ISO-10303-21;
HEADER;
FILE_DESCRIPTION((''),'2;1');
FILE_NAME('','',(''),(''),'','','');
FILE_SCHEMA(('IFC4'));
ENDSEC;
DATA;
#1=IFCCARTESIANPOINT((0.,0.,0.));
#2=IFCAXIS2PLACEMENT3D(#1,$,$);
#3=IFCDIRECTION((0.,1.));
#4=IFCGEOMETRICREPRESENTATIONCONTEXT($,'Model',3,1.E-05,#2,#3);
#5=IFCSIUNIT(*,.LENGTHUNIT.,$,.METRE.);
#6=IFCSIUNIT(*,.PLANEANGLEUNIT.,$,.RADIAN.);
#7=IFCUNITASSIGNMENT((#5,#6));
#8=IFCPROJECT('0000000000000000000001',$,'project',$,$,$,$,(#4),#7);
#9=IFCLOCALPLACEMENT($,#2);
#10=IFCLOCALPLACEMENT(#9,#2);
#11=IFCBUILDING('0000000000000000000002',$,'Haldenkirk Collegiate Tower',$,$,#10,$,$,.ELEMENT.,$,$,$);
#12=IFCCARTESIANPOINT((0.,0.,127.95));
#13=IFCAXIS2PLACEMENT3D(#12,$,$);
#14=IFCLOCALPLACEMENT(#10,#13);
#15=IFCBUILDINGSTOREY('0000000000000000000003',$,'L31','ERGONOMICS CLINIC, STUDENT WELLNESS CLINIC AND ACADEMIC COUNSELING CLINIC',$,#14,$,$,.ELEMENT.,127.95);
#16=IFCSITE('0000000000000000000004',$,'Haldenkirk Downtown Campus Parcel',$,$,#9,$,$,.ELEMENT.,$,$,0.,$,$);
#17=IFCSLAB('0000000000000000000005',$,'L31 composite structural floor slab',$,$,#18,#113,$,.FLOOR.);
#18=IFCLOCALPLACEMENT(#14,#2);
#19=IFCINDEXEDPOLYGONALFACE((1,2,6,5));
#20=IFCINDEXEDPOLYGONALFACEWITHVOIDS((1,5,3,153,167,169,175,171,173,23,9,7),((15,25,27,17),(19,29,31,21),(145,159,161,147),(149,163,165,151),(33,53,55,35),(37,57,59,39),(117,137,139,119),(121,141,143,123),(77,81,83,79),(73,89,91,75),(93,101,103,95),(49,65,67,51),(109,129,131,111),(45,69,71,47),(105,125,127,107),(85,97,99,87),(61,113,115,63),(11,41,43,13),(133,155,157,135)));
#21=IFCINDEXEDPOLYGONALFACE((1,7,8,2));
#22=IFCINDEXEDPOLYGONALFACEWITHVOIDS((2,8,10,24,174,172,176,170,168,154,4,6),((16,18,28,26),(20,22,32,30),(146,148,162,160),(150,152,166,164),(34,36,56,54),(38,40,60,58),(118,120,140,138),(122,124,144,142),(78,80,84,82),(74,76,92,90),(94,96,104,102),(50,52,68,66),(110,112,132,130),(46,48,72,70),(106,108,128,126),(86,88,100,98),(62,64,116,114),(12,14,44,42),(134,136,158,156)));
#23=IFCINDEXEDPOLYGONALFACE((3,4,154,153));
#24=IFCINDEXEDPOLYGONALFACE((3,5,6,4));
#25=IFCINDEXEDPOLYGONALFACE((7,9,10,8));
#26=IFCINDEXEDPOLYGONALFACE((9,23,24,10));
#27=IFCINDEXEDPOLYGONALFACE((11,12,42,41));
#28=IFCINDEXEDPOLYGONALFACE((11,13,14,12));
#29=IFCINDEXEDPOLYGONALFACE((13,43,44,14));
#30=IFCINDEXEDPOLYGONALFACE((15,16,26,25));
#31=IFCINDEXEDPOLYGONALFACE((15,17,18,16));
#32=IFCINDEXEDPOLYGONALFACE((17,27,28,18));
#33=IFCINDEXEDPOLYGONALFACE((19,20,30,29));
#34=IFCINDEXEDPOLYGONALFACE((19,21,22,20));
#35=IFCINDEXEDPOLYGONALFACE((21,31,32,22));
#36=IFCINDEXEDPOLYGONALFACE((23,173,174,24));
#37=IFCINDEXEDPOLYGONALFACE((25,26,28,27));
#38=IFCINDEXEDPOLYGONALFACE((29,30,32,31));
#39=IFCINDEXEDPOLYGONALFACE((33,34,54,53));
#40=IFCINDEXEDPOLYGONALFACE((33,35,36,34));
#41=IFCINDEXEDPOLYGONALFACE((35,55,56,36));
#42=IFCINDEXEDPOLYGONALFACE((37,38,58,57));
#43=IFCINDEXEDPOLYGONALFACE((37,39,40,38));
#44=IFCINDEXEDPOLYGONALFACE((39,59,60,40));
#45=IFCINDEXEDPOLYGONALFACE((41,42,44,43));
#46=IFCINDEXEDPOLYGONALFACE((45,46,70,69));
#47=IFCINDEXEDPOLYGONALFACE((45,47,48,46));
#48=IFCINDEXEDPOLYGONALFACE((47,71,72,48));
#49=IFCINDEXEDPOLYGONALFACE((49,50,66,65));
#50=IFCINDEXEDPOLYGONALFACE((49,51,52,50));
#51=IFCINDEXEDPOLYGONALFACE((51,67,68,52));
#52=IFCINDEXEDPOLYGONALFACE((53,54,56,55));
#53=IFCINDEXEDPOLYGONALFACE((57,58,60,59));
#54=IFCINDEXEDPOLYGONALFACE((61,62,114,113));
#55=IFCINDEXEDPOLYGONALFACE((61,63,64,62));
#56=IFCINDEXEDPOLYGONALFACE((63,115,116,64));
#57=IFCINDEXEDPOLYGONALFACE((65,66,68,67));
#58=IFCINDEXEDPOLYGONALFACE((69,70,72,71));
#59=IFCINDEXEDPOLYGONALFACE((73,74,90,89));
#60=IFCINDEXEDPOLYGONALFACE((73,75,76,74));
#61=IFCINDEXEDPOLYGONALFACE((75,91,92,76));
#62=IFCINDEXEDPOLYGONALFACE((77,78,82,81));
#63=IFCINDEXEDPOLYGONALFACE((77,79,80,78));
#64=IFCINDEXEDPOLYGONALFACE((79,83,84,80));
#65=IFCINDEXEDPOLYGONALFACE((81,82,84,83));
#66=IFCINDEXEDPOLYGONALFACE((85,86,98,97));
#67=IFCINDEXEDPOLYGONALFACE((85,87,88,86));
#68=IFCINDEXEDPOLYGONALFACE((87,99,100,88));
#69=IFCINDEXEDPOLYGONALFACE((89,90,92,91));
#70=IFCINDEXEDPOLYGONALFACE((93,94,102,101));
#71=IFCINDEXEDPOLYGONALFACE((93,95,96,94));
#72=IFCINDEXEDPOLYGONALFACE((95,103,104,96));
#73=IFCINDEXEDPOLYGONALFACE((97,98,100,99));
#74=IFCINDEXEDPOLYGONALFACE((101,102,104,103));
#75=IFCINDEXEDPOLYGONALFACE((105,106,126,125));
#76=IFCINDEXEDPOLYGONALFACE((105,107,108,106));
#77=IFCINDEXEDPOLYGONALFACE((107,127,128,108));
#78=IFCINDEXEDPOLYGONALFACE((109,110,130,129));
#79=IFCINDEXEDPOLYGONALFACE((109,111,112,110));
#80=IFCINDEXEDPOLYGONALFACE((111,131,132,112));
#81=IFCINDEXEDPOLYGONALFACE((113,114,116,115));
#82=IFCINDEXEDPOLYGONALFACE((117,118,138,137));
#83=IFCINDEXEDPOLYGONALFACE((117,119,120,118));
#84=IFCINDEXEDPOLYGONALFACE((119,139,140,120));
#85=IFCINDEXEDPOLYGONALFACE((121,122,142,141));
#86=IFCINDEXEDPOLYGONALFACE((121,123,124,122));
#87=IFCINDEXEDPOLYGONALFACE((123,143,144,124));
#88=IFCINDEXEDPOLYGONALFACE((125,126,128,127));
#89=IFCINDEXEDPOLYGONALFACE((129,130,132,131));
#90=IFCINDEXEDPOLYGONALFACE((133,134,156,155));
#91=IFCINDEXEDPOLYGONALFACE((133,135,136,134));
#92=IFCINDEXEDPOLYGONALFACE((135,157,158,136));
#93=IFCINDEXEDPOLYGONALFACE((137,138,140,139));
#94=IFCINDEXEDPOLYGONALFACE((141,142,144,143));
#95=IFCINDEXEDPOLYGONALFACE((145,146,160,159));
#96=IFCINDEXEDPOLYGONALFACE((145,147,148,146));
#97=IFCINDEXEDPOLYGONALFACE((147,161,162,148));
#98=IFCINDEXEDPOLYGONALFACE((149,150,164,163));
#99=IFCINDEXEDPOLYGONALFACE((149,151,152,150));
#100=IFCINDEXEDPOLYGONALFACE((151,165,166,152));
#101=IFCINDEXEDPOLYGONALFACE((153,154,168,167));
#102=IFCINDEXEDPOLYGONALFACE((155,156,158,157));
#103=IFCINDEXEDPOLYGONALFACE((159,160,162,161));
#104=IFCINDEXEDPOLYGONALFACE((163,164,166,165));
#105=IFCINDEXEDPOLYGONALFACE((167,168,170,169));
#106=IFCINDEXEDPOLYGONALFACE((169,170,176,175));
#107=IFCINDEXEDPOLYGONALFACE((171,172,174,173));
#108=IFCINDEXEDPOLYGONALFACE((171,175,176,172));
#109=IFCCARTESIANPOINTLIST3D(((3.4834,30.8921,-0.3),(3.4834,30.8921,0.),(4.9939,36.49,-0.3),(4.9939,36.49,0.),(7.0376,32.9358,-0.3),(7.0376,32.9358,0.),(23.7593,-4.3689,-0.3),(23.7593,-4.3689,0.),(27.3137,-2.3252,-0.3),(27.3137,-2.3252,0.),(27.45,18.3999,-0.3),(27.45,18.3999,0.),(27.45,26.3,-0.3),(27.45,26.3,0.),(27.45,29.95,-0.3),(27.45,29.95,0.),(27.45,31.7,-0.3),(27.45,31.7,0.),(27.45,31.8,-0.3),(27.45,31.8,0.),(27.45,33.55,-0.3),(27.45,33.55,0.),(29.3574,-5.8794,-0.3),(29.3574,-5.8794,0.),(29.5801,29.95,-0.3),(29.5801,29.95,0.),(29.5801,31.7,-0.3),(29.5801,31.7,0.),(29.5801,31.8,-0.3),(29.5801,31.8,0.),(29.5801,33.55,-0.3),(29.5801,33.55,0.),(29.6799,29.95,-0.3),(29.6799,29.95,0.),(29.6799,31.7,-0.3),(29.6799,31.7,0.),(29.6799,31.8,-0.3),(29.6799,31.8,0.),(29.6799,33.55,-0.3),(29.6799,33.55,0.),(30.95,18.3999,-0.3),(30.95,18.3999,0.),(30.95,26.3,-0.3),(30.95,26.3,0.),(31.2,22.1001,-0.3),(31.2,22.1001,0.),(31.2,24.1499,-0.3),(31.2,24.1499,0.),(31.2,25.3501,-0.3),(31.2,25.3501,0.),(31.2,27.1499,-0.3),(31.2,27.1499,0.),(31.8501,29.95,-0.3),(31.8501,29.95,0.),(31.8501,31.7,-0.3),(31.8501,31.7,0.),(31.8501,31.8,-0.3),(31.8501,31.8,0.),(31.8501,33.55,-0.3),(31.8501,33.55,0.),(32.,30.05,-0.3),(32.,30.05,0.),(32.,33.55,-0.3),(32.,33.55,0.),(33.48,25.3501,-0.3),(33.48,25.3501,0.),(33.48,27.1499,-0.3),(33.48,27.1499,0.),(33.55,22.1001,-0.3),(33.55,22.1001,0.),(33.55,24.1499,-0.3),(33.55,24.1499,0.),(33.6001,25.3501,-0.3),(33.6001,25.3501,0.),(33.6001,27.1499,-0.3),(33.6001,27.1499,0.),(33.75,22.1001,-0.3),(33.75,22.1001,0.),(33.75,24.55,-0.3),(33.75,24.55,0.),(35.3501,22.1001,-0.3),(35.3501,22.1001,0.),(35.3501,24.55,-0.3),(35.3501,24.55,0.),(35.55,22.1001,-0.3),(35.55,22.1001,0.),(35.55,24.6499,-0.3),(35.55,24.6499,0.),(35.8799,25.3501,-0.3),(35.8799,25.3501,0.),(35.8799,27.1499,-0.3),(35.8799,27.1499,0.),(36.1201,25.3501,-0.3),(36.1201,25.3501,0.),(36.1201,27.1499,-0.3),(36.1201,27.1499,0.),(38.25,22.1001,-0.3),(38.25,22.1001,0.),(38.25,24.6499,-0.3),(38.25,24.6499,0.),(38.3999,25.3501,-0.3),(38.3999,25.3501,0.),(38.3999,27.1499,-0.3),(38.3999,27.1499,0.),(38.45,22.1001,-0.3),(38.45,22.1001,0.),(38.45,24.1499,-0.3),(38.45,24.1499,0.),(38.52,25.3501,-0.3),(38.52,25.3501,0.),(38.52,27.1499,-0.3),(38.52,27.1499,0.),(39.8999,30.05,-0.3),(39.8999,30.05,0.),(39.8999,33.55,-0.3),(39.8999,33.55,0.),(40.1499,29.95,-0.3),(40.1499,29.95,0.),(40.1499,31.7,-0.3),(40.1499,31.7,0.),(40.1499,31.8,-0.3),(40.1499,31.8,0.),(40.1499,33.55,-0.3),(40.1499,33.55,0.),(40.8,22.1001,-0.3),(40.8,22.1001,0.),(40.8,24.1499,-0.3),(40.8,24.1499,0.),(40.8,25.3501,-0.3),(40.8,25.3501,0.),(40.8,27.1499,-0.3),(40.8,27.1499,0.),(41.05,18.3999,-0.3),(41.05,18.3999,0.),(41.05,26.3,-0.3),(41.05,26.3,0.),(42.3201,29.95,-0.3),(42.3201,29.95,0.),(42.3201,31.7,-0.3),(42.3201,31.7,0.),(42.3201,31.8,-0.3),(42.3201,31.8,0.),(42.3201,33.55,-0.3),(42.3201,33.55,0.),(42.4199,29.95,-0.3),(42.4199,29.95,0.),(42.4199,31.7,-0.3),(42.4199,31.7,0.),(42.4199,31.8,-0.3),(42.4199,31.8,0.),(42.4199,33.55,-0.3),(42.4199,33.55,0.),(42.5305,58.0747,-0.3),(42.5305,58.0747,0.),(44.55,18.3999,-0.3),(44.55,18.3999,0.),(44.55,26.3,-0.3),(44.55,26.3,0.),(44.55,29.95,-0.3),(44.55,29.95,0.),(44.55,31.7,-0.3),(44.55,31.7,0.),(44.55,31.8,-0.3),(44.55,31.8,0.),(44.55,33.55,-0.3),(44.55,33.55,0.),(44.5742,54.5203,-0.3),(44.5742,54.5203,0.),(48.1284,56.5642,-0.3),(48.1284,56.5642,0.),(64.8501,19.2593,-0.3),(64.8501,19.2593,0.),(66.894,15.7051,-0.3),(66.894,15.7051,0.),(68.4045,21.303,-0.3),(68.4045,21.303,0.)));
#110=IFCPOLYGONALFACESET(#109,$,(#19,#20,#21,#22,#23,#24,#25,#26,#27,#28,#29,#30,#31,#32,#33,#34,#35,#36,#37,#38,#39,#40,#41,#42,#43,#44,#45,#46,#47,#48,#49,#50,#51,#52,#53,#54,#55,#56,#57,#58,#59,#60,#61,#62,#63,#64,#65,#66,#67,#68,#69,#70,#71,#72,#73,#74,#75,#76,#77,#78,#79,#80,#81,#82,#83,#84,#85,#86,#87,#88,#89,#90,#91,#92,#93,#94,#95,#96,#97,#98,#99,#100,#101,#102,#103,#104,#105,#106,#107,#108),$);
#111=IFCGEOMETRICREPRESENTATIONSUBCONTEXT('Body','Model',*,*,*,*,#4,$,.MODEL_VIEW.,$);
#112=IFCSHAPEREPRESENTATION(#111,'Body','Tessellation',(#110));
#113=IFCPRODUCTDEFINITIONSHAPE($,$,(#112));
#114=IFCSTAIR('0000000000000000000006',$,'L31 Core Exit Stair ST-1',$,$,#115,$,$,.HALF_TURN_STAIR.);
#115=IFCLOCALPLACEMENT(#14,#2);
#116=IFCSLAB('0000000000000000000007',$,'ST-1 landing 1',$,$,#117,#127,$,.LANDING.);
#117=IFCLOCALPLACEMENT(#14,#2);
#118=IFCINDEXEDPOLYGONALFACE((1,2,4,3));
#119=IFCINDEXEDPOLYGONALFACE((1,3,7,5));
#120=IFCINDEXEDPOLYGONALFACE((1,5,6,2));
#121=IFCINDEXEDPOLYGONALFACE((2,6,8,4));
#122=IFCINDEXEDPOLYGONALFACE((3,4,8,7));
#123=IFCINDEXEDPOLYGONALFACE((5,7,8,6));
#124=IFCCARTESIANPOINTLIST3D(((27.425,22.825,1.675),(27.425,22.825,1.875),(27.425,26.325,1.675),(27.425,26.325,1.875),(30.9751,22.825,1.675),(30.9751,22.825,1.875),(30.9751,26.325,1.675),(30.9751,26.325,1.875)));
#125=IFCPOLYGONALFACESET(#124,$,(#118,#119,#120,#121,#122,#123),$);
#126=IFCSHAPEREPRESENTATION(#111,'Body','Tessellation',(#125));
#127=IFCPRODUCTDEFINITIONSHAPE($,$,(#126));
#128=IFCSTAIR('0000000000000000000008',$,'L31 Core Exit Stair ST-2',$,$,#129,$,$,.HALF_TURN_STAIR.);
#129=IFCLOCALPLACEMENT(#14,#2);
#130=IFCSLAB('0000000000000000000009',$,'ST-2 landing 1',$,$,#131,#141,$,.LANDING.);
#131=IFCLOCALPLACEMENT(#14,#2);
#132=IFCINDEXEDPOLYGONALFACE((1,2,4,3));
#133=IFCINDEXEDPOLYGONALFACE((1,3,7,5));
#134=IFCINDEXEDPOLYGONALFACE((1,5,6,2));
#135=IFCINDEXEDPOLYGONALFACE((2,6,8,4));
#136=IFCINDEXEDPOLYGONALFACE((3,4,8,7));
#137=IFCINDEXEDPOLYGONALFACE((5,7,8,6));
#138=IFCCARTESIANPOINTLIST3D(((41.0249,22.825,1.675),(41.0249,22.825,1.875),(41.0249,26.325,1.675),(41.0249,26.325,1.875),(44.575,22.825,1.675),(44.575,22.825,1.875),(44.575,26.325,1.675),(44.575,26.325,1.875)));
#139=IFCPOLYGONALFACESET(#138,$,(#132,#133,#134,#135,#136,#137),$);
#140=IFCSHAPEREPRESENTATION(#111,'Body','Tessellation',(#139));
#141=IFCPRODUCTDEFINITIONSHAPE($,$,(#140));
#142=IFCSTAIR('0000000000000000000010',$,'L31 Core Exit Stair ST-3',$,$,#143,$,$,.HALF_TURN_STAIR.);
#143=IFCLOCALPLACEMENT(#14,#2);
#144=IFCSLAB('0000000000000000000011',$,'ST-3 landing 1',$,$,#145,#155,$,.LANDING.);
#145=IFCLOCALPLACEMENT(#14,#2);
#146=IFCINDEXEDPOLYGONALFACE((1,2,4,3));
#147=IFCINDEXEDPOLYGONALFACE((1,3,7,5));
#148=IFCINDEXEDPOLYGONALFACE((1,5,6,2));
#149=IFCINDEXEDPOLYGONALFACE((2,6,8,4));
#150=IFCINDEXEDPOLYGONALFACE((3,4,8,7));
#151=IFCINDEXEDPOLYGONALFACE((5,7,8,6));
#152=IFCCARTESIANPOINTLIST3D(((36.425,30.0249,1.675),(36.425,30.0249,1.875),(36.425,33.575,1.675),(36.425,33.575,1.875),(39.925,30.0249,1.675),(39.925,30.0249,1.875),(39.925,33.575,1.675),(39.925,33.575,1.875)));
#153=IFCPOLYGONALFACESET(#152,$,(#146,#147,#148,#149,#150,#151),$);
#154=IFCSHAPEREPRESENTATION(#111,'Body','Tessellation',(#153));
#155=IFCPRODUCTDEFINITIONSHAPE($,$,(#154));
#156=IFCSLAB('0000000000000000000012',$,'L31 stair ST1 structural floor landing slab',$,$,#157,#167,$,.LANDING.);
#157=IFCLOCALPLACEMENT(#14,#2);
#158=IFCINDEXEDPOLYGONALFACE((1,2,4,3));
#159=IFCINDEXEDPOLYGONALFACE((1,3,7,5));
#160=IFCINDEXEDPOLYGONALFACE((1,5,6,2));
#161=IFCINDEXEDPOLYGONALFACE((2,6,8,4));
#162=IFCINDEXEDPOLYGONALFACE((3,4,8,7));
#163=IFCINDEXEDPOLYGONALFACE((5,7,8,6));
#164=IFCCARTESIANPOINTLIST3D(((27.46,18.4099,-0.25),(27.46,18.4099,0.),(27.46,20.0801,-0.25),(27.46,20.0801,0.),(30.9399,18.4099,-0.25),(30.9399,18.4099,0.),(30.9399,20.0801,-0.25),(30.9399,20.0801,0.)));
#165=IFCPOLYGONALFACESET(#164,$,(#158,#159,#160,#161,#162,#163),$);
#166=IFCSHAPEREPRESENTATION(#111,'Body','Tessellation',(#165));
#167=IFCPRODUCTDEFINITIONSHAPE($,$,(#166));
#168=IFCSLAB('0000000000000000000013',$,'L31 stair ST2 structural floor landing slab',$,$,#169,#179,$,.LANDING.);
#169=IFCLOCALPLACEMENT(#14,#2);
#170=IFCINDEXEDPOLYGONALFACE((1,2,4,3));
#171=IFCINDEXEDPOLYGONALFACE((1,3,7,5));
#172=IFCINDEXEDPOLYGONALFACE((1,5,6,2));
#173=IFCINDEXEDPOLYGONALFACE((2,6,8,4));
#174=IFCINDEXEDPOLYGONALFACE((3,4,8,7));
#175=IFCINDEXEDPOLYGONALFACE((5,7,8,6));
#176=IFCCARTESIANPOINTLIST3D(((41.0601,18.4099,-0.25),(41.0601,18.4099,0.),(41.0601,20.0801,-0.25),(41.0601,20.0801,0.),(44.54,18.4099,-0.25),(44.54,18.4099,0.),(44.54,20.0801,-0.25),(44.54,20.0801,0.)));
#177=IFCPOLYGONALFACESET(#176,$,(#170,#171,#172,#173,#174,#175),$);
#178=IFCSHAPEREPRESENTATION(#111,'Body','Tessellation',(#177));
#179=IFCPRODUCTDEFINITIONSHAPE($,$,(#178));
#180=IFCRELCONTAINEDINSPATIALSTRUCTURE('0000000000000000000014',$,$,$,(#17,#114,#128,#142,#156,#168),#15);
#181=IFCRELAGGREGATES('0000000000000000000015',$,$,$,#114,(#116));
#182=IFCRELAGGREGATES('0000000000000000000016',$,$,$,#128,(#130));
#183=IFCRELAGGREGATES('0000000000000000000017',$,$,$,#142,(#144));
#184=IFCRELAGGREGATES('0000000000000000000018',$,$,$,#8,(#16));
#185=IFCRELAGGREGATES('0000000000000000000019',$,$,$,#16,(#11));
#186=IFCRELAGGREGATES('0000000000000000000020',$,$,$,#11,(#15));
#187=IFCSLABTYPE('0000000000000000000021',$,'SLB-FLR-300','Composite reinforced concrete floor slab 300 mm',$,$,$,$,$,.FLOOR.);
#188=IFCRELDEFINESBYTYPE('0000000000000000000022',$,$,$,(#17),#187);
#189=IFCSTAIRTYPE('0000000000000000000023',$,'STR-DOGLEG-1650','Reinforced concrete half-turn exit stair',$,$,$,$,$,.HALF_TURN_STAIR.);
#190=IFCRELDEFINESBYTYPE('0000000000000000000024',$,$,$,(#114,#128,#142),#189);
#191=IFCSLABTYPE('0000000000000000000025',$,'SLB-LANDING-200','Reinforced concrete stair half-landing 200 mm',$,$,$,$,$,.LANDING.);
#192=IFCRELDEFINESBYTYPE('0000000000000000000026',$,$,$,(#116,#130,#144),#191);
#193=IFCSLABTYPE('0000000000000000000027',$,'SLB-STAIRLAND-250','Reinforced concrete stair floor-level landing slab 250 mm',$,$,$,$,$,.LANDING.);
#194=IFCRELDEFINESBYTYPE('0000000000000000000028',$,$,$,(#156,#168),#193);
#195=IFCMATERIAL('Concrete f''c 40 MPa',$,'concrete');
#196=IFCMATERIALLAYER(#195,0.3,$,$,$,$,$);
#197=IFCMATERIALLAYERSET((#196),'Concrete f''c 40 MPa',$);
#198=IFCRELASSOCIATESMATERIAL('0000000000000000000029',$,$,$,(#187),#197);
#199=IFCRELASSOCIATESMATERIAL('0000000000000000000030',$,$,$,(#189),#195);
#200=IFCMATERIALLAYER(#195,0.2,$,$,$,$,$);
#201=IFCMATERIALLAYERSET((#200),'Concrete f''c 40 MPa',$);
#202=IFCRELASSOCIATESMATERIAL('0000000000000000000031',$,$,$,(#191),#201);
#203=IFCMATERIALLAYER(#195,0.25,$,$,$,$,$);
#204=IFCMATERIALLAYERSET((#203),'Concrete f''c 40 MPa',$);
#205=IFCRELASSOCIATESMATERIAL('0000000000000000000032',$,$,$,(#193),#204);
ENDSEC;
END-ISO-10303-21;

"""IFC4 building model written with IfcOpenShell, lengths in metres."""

from ifc_helpers import new_model, si_unit, direction, frame, origin, place, context, subcontext, project, spatial, polyline, outline, extrude, material, layer, layer_set, type_object, element, aggregate, save


model = new_model("IFC4")

# Units and contexts
model_context = context("Model", 3, precision=1e-05, world=origin(), true_north=direction((0.0, 1.0)))
body_context = subcontext(model_context, "Body", "Model", "MODEL_VIEW")
ifc_project = project(units=[si_unit("LENGTHUNIT", "METRE"), si_unit("PLANEANGLEUNIT", "RADIAN")], contexts=[model_context])

# Site, building, storey
site_placement = place(None, origin())
site = spatial("IfcSite", under=ifc_project, at=site_placement, Name="Haldenkirk Downtown Campus Parcel", CompositionType="ELEMENT", RefElevation=0.0)
building_placement = place(site_placement, origin())
building = spatial("IfcBuilding", under=site, at=building_placement, Name="Haldenkirk Collegiate Tower", CompositionType="ELEMENT")
storey_placement = place(building_placement, frame((0.0, 0.0, 127.95)))
storey = spatial("IfcBuildingStorey", under=building, at=storey_placement, Name="L31", Description="ERGONOMICS CLINIC, STUDENT WELLNESS CLINIC AND ACADEMIC COUNSELING CLINIC", CompositionType="ELEMENT", Elevation=127.95)

# Slab
ifc_material_1 = material(Name="Concrete f'c 40 MPa", Category="concrete")
ifc_layer_1 = layer(ifc_material_1, 0.3)
ifc_layer_set_1 = layer_set([ifc_layer_1], Name="Concrete f'c 40 MPa")
slab_type_1 = type_object("IfcSlabType", Name="SLB-FLR-300", Description="Composite reinforced concrete floor slab 300 mm", PredefinedType="FLOOR", material=ifc_layer_set_1)
slab_1_placement = place(storey_placement, frame((0.0, 0.0, -0.3)))
element("IfcSlab", 1, at=slab_1_placement, inside=storey, type_object=slab_type_1, Name="L31 composite structural floor slab", PredefinedType="FLOOR", context=body_context, shape_type="SweptSolid", body=[
    extrude(outline(polyline([(29.3574, -5.8794), (66.894, 15.7051), (64.8501, 19.2593), (68.4045, 21.303), (48.1284, 56.5642), (44.5742, 54.5203), (42.5305, 58.0747), (4.9939, 36.49), (7.0376, 32.9358), (3.4834, 30.8921), (23.7593, -4.3689), (27.3137, -2.3252), (29.3574, -5.8794)]), holes=[polyline([(27.45, 18.3999), (30.95, 18.3999), (30.95, 26.3), (27.45, 26.3), (27.45, 18.3999)]), polyline([(41.05, 18.3999), (44.55, 18.3999), (44.55, 26.3), (41.05, 26.3), (41.05, 18.3999)]), polyline([(32.0, 30.05), (39.8999, 30.05), (39.8999, 33.55), (32.0, 33.55), (32.0, 30.05)]), polyline([(33.75, 22.1001), (35.3501, 22.1001), (35.3501, 24.55), (33.75, 24.55), (33.75, 22.1001)]), polyline([(27.45, 29.95), (29.5801, 29.95), (29.5801, 31.7), (27.45, 31.7), (27.45, 29.95)]), polyline([(29.6799, 29.95), (31.8501, 29.95), (31.8501, 31.7), (29.6799, 31.7), (29.6799, 29.95)]), polyline([(27.45, 31.8), (29.5801, 31.8), (29.5801, 33.55), (27.45, 33.55), (27.45, 31.8)]), polyline([(29.6799, 31.8), (31.8501, 31.8), (31.8501, 33.55), (29.6799, 33.55), (29.6799, 31.8)]), polyline([(40.1499, 29.95), (42.3201, 29.95), (42.3201, 31.7), (40.1499, 31.7), (40.1499, 29.95)]), polyline([(42.4199, 29.95), (44.55, 29.95), (44.55, 31.7), (42.4199, 31.7), (42.4199, 29.95)]), polyline([(40.1499, 31.8), (42.3201, 31.8), (42.3201, 33.55), (40.1499, 33.55), (40.1499, 31.8)]), polyline([(42.4199, 31.8), (44.55, 31.8), (44.55, 33.55), (42.4199, 33.55), (42.4199, 31.8)]), polyline([(31.2, 25.3501), (33.48, 25.3501), (33.48, 27.1499), (31.2, 27.1499), (31.2, 25.3501)]), polyline([(33.6001, 25.3501), (35.8799, 25.3501), (35.8799, 27.1499), (33.6001, 27.1499), (33.6001, 25.3501)]), polyline([(36.1201, 25.3501), (38.3999, 25.3501), (38.3999, 27.1499), (36.1201, 27.1499), (36.1201, 25.3501)]), polyline([(38.52, 25.3501), (40.8, 25.3501), (40.8, 27.1499), (38.52, 27.1499), (38.52, 25.3501)]), polyline([(31.2, 22.1001), (33.55, 22.1001), (33.55, 24.1499), (31.2, 24.1499), (31.2, 22.1001)]), polyline([(38.45, 22.1001), (40.8, 22.1001), (40.8, 24.1499), (38.45, 24.1499), (38.45, 22.1001)]), polyline([(35.55, 22.1001), (38.25, 22.1001), (38.25, 24.6499), (35.55, 24.6499), (35.55, 22.1001)])]), origin(), (0.0, 0.0, 1.0), 0.3),
])

# Stairs, slabs
stair_type = type_object("IfcStairType", Name="STR-DOGLEG-1650", Description="Reinforced concrete half-turn exit stair", PredefinedType="HALF_TURN_STAIR", material=ifc_material_1)
stair_1_placement = place(storey_placement, origin())
stair_1 = element("IfcStair", 2, at=stair_1_placement, inside=storey, type_object=stair_type, Name="L31 Core Exit Stair ST-1", PredefinedType="HALF_TURN_STAIR")
ifc_layer_2 = layer(ifc_material_1, 0.2)
ifc_layer_set_2 = layer_set([ifc_layer_2], Name="Concrete f'c 40 MPa")
slab_type_2 = type_object("IfcSlabType", Name="SLB-LANDING-200", Description="Reinforced concrete stair half-landing 200 mm", PredefinedType="LANDING", material=ifc_layer_set_2)
slab_2_placement = place(storey_placement, frame((0.0, 0.0, 1.675)))
slab_2 = element("IfcSlab", 3, at=slab_2_placement, type_object=slab_type_2, Name="ST-1 landing 1", PredefinedType="LANDING", context=body_context, shape_type="SweptSolid", body=[
    extrude(outline(polyline([(30.9751, 22.825), (27.425, 22.825), (27.425, 26.325), (30.9751, 26.325), (30.9751, 22.825)])), origin(), (0.0, 0.0, 1.0), 0.2),
])
aggregate(stair_1, [slab_2])
stair_2_placement = place(storey_placement, origin())
stair_2 = element("IfcStair", 4, at=stair_2_placement, inside=storey, type_object=stair_type, Name="L31 Core Exit Stair ST-2", PredefinedType="HALF_TURN_STAIR")
slab_3_placement = place(storey_placement, frame((0.0, 0.0, 1.675)))
slab_3 = element("IfcSlab", 5, at=slab_3_placement, type_object=slab_type_2, Name="ST-2 landing 1", PredefinedType="LANDING", context=body_context, shape_type="SweptSolid", body=[
    extrude(outline(polyline([(44.575, 22.825), (41.0249, 22.825), (41.0249, 26.325), (44.575, 26.325), (44.575, 22.825)])), origin(), (0.0, 0.0, 1.0), 0.2),
])
aggregate(stair_2, [slab_3])
stair_3_placement = place(storey_placement, origin())
stair_3 = element("IfcStair", 6, at=stair_3_placement, inside=storey, type_object=stair_type, Name="L31 Core Exit Stair ST-3", PredefinedType="HALF_TURN_STAIR")
slab_4_placement = place(storey_placement, frame((0.0, 0.0, 1.675)))
slab_4 = element("IfcSlab", 7, at=slab_4_placement, type_object=slab_type_2, Name="ST-3 landing 1", PredefinedType="LANDING", context=body_context, shape_type="SweptSolid", body=[
    extrude(outline(polyline([(36.425, 30.0249), (36.425, 33.575), (39.925, 33.575), (39.925, 30.0249), (36.425, 30.0249)])), origin(), (0.0, 0.0, 1.0), 0.2),
])
aggregate(stair_3, [slab_4])

# Slabs
ifc_layer_3 = layer(ifc_material_1, 0.25)
ifc_layer_set_3 = layer_set([ifc_layer_3], Name="Concrete f'c 40 MPa")
slab_type_3 = type_object("IfcSlabType", Name="SLB-STAIRLAND-250", Description="Reinforced concrete stair floor-level landing slab 250 mm", PredefinedType="LANDING", material=ifc_layer_set_3)
slab_5_placement = place(storey_placement, frame((0.0, 0.0, -0.25)))
element("IfcSlab", 8, at=slab_5_placement, inside=storey, type_object=slab_type_3, Name="L31 stair ST1 structural floor landing slab", PredefinedType="LANDING", context=body_context, shape_type="SweptSolid", body=[
    extrude(outline(polyline([(27.46, 18.4099), (30.9399, 18.4099), (30.9399, 20.0801), (27.46, 20.0801), (27.46, 18.4099)])), origin(), (0.0, 0.0, 1.0), 0.25),
])
slab_6_placement = place(storey_placement, frame((0.0, 0.0, -0.25)))
element("IfcSlab", 9, at=slab_6_placement, inside=storey, type_object=slab_type_3, Name="L31 stair ST2 structural floor landing slab", PredefinedType="LANDING", context=body_context, shape_type="SweptSolid", body=[
    extrude(outline(polyline([(41.0601, 18.4099), (44.54, 18.4099), (44.54, 20.0801), (41.0601, 20.0801), (41.0601, 18.4099)])), origin(), (0.0, 0.0, 1.0), 0.25),
])

save(model, "model.ifc")
